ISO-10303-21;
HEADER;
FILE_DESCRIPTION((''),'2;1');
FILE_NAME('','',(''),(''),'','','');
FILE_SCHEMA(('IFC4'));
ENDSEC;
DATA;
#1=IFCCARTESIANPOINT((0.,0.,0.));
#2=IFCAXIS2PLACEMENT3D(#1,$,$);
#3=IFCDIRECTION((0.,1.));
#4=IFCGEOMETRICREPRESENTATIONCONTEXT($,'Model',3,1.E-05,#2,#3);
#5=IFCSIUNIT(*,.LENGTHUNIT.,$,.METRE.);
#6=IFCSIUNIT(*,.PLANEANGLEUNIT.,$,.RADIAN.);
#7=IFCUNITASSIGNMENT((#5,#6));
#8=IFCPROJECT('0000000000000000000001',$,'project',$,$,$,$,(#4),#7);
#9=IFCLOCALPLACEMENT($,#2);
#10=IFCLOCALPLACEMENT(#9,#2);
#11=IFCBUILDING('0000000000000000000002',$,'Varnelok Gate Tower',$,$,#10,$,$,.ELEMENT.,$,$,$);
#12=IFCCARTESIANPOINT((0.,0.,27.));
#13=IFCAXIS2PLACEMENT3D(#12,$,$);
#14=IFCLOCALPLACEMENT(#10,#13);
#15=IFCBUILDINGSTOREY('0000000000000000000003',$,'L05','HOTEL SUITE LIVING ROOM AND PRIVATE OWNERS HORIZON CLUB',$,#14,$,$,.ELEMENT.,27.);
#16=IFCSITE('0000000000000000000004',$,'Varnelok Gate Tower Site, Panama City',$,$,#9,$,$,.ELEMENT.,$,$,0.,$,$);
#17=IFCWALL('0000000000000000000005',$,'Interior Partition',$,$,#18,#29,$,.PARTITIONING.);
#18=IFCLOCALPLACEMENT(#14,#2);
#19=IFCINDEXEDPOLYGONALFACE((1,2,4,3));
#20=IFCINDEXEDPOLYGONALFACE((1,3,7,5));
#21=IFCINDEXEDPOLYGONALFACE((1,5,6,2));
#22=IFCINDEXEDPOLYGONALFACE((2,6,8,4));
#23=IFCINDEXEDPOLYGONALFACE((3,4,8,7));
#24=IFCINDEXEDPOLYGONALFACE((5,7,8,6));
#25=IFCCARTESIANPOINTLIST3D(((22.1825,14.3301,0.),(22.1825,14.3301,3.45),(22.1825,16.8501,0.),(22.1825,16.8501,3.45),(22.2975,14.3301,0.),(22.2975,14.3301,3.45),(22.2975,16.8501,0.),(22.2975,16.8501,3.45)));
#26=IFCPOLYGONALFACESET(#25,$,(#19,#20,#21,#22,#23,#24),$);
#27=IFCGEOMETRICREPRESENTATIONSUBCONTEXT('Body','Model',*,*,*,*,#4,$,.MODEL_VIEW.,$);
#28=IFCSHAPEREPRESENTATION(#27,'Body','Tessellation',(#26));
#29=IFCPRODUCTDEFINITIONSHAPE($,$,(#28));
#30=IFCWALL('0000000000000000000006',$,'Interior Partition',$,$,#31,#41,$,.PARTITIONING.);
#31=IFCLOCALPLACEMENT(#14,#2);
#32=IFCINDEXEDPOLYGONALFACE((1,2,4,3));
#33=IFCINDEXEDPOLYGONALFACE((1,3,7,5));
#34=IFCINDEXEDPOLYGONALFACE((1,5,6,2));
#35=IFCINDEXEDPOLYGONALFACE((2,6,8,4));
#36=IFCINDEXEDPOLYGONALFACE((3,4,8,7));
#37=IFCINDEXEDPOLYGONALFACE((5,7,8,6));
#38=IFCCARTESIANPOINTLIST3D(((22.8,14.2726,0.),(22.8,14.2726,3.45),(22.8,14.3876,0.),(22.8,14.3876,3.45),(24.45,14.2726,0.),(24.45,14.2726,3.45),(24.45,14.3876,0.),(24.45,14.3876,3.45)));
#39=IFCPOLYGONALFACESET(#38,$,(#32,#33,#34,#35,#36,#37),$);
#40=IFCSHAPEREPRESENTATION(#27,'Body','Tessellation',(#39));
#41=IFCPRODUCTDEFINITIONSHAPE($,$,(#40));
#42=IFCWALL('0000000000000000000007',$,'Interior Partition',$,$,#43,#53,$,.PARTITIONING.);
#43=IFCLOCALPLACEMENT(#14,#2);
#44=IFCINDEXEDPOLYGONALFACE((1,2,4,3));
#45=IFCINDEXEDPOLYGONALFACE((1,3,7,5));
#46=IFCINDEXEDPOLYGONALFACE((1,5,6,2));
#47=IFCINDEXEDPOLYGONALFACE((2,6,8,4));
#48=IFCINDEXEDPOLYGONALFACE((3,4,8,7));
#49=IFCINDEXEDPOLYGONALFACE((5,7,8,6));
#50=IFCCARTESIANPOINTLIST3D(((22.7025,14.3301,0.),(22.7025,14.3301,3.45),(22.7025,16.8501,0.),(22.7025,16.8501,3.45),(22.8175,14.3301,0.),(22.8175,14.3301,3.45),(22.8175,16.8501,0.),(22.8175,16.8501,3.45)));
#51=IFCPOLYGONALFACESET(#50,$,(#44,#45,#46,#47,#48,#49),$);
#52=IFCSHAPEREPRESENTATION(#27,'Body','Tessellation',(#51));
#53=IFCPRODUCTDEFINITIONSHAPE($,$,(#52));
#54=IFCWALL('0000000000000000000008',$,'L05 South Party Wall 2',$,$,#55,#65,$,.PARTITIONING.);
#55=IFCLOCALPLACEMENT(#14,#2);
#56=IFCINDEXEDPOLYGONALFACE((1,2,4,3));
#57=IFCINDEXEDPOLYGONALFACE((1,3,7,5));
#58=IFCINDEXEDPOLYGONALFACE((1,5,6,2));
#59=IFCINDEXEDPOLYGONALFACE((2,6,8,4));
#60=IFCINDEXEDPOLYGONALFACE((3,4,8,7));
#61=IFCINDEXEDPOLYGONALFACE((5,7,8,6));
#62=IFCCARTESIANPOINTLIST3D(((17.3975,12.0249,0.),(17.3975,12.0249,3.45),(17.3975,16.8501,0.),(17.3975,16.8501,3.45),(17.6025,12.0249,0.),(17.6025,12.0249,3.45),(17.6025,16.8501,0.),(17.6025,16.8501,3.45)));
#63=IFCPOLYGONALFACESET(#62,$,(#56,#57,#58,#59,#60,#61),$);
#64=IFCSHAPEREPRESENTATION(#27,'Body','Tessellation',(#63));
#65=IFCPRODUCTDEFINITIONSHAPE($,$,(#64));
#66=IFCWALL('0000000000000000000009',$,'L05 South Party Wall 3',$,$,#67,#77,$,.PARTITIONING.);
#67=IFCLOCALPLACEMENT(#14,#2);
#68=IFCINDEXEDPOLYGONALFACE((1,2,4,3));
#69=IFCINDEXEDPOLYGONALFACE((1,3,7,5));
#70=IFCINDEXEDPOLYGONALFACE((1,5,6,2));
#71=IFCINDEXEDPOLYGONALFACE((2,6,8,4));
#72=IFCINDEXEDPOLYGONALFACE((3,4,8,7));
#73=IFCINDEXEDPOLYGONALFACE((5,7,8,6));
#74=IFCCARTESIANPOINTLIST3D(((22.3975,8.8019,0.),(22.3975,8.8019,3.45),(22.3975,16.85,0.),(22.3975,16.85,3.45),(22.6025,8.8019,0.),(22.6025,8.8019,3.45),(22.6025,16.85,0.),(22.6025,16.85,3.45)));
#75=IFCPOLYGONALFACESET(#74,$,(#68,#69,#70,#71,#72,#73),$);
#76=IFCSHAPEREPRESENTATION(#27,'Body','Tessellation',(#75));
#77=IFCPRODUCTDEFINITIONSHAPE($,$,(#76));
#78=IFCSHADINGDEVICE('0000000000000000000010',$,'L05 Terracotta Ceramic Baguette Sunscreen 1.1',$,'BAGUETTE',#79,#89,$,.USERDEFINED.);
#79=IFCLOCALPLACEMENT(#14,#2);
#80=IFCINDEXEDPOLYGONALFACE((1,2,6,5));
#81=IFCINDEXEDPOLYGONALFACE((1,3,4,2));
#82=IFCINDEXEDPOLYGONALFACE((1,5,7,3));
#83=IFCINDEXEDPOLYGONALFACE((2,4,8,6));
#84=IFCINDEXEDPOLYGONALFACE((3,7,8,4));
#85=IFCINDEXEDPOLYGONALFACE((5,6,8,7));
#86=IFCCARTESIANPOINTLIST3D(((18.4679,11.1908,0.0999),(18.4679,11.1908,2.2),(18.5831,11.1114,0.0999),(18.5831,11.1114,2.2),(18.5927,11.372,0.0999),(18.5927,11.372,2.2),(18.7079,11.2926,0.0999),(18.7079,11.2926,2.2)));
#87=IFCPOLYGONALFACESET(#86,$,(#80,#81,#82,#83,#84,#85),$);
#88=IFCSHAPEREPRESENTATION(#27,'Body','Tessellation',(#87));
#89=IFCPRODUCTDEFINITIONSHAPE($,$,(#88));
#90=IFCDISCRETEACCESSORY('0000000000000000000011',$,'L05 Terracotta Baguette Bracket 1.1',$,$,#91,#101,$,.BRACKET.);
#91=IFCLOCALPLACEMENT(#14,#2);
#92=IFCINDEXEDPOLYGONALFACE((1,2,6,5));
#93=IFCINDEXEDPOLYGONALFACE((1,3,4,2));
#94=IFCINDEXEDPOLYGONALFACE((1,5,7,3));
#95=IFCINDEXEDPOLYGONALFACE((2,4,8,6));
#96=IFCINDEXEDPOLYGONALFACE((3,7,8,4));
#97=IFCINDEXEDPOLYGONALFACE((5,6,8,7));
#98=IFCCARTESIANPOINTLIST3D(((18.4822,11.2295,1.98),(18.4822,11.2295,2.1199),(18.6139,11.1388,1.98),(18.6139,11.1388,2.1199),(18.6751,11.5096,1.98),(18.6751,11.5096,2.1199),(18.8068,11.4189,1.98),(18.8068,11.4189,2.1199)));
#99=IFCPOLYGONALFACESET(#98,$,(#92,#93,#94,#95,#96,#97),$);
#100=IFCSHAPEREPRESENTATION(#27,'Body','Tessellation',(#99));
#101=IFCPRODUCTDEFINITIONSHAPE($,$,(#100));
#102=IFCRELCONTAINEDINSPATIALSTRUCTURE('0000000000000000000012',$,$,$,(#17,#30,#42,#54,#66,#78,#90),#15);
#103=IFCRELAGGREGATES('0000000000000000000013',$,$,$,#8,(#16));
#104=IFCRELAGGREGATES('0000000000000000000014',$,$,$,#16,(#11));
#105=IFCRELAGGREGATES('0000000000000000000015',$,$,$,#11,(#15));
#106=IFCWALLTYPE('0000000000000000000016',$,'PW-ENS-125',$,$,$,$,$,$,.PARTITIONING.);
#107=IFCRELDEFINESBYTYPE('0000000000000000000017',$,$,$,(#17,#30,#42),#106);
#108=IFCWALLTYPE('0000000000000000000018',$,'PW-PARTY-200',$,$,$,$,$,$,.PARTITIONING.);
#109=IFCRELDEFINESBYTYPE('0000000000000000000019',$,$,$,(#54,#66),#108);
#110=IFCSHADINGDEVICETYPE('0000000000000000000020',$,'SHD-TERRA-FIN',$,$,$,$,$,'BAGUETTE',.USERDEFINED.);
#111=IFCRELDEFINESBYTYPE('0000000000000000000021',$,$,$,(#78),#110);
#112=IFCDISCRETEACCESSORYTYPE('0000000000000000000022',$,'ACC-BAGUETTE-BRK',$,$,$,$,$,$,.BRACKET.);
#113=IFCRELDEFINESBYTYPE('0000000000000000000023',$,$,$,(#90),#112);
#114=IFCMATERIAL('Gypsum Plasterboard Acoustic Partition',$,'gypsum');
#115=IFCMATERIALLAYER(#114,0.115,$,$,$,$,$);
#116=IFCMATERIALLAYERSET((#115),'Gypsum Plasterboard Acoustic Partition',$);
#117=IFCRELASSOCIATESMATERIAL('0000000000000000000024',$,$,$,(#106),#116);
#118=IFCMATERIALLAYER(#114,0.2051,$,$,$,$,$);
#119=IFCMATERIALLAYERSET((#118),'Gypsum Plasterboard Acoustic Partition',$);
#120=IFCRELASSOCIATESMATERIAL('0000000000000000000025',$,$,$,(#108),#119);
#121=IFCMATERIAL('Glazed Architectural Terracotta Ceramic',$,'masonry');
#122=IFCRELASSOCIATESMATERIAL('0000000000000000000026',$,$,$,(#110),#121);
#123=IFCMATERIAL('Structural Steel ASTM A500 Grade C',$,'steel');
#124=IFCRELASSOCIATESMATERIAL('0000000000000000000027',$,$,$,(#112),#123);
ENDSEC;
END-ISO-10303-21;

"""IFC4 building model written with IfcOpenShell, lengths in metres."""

from ifc_helpers import new_model, si_unit, direction, frame, frame_2d, origin, origin_2d, place, context, subcontext, project, spatial, rectangle, extrude, source, transform, mapped, material, layer, layer_set, type_object, element, save


model = new_model("IFC4")

# Units and contexts
model_context = context("Model", 3, precision=1e-05, world=origin(), true_north=direction((0.0, 1.0)))
body_context = subcontext(model_context, "Body", "Model", "MODEL_VIEW")
ifc_project = project(units=[si_unit("LENGTHUNIT", "METRE"), si_unit("PLANEANGLEUNIT", "RADIAN")], contexts=[model_context])

# Site, building, storey
site_placement = place(None, origin())
site = spatial("IfcSite", under=ifc_project, at=site_placement, Name="Varnelok Gate Tower Site, Panama City", CompositionType="ELEMENT", RefElevation=0.0)
building_placement = place(site_placement, origin())
building = spatial("IfcBuilding", under=site, at=building_placement, Name="Varnelok Gate Tower", CompositionType="ELEMENT")
storey_placement = place(building_placement, frame((0.0, 0.0, 27.0)))
storey = spatial("IfcBuildingStorey", under=building, at=storey_placement, Name="L05", Description="HOTEL SUITE LIVING ROOM AND PRIVATE OWNERS HORIZON CLUB", CompositionType="ELEMENT", Elevation=27.0)

# Shared definitions
ifc_material_1 = material(Name="Gypsum Plasterboard Acoustic Partition", Category="gypsum")

# Shared definitions
ifc_layer_1 = layer(ifc_material_1, 0.115)
ifc_layer_set_1 = layer_set([ifc_layer_1], Name="Gypsum Plasterboard Acoustic Partition")
wall_type_1 = type_object("IfcWallType", Name="PW-ENS-125", PredefinedType="PARTITIONING", material=ifc_layer_set_1)

# Walls
wall_1_placement = place(storey_placement, frame((22.24, 14.3301, 0.0), z_axis=(0.0, 0.0, 1.0), x_axis=(0.0, 1.0, 0.0)))
element("IfcWall", 1, at=wall_1_placement, inside=storey, type_object=wall_type_1, Name="Interior Partition", PredefinedType="PARTITIONING", context=body_context, shape_type="SweptSolid", body=[
    extrude(rectangle(XDim=2.52, YDim=0.115, at=frame_2d((1.26, 0.0))), origin(), (0.0, 0.0, 1.0), 3.45),
])
wall_2_placement = place(storey_placement, frame((22.8, 14.3301, 0.0), z_axis=(0.0, 0.0, 1.0), x_axis=(1.0, 0.0, 0.0)))
element("IfcWall", 2, at=wall_2_placement, inside=storey, type_object=wall_type_1, Name="Interior Partition", PredefinedType="PARTITIONING", context=body_context, shape_type="SweptSolid", body=[
    extrude(rectangle(XDim=1.6499, YDim=0.115, at=frame_2d((0.825, 0.0))), origin(), (0.0, 0.0, 1.0), 3.45),
])
wall_3_placement = place(storey_placement, frame((22.76, 14.3301, 0.0), z_axis=(0.0, 0.0, 1.0), x_axis=(0.0, 1.0, 0.0)))
element("IfcWall", 3, at=wall_3_placement, inside=storey, type_object=wall_type_1, Name="Interior Partition", PredefinedType="PARTITIONING", context=body_context, shape_type="SweptSolid", body=[
    extrude(rectangle(XDim=2.52, YDim=0.115, at=frame_2d((1.26, 0.0))), origin(), (0.0, 0.0, 1.0), 3.45),
])
ifc_layer_2 = layer(ifc_material_1, 0.2051)
ifc_layer_set_2 = layer_set([ifc_layer_2], Name="Gypsum Plasterboard Acoustic Partition")
wall_type_2 = type_object("IfcWallType", Name="PW-PARTY-200", PredefinedType="PARTITIONING", material=ifc_layer_set_2)
wall_4_placement = place(storey_placement, frame((17.5, 12.0249, 0.0), z_axis=(0.0, 0.0, 1.0), x_axis=(0.0, 1.0, 0.0)))
element("IfcWall", 4, at=wall_4_placement, inside=storey, type_object=wall_type_2, Name="L05 South Party Wall 2", PredefinedType="PARTITIONING", context=body_context, shape_type="SweptSolid", body=[
    extrude(rectangle(XDim=4.8252, YDim=0.2051, at=frame_2d((2.4126, 0.0))), origin(), (0.0, 0.0, 1.0), 3.45),
])
wall_5_placement = place(storey_placement, frame((22.5, 8.802, 0.0), z_axis=(0.0, 0.0, 1.0), x_axis=(0.0, 1.0, 0.0)))
element("IfcWall", 5, at=wall_5_placement, inside=storey, type_object=wall_type_2, Name="L05 South Party Wall 3", PredefinedType="PARTITIONING", context=body_context, shape_type="SweptSolid", body=[
    extrude(rectangle(XDim=8.0481, YDim=0.2051, at=frame_2d((4.0239, 0.0))), origin(), (0.0, 0.0, 1.0), 3.45),
])

# Shading device
ifc_material_2 = material(Name="Glazed Architectural Terracotta Ceramic", Category="masonry")
shading_device_type = type_object("IfcShadingDeviceType", Name="SHD-TERRA-FIN", ElementType="BAGUETTE", PredefinedType="USERDEFINED", material=ifc_material_2)
shared_shape_1 = source(origin(), body_context, "Body", "SweptSolid", [
    extrude(rectangle(XDim=0.1399, YDim=0.22, at=origin_2d()), origin(), (0.0, 0.0, 1.0), 2.1001),
])
shading_device_placement = place(storey_placement, frame((18.5879, 11.2417, 0.0999), z_axis=(0.0, 0.0, 1.0), x_axis=(0.823533, -0.567269, 0.0)))
element("IfcShadingDevice", 6, at=shading_device_placement, inside=storey, type_object=shading_device_type, Name="L05 Terracotta Ceramic Baguette Sunscreen 1.1", ObjectType="BAGUETTE", PredefinedType="USERDEFINED", context=body_context, shape_type="MappedRepresentation", body=[
    mapped(shared_shape_1, transform((0.0, 0.0, 0.0), scale=1.0)),
])

# Discrete accessory
ifc_material_3 = material(Name="Structural Steel ASTM A500 Grade C", Category="steel")
discrete_accessory_type = type_object("IfcDiscreteAccessoryType", Name="ACC-BAGUETTE-BRK", PredefinedType="BRACKET", material=ifc_material_3)
shared_shape_2 = source(origin(), body_context, "Body", "SweptSolid", [
    extrude(rectangle(XDim=0.1599, YDim=0.3401, at=origin_2d()), origin(), (0.0, 0.0, 1.0), 0.1399),
])
discrete_accessory_placement = place(storey_placement, frame((18.6445, 11.3242, 1.98), z_axis=(0.0, 0.0, 1.0), x_axis=(0.823533, -0.567269, 0.0)))
element("IfcDiscreteAccessory", 7, at=discrete_accessory_placement, inside=storey, type_object=discrete_accessory_type, Name="L05 Terracotta Baguette Bracket 1.1", PredefinedType="BRACKET", context=body_context, shape_type="MappedRepresentation", body=[
    mapped(shared_shape_2, transform((0.0, 0.0, 0.0), scale=1.0)),
])

save(model, "model.ifc")
